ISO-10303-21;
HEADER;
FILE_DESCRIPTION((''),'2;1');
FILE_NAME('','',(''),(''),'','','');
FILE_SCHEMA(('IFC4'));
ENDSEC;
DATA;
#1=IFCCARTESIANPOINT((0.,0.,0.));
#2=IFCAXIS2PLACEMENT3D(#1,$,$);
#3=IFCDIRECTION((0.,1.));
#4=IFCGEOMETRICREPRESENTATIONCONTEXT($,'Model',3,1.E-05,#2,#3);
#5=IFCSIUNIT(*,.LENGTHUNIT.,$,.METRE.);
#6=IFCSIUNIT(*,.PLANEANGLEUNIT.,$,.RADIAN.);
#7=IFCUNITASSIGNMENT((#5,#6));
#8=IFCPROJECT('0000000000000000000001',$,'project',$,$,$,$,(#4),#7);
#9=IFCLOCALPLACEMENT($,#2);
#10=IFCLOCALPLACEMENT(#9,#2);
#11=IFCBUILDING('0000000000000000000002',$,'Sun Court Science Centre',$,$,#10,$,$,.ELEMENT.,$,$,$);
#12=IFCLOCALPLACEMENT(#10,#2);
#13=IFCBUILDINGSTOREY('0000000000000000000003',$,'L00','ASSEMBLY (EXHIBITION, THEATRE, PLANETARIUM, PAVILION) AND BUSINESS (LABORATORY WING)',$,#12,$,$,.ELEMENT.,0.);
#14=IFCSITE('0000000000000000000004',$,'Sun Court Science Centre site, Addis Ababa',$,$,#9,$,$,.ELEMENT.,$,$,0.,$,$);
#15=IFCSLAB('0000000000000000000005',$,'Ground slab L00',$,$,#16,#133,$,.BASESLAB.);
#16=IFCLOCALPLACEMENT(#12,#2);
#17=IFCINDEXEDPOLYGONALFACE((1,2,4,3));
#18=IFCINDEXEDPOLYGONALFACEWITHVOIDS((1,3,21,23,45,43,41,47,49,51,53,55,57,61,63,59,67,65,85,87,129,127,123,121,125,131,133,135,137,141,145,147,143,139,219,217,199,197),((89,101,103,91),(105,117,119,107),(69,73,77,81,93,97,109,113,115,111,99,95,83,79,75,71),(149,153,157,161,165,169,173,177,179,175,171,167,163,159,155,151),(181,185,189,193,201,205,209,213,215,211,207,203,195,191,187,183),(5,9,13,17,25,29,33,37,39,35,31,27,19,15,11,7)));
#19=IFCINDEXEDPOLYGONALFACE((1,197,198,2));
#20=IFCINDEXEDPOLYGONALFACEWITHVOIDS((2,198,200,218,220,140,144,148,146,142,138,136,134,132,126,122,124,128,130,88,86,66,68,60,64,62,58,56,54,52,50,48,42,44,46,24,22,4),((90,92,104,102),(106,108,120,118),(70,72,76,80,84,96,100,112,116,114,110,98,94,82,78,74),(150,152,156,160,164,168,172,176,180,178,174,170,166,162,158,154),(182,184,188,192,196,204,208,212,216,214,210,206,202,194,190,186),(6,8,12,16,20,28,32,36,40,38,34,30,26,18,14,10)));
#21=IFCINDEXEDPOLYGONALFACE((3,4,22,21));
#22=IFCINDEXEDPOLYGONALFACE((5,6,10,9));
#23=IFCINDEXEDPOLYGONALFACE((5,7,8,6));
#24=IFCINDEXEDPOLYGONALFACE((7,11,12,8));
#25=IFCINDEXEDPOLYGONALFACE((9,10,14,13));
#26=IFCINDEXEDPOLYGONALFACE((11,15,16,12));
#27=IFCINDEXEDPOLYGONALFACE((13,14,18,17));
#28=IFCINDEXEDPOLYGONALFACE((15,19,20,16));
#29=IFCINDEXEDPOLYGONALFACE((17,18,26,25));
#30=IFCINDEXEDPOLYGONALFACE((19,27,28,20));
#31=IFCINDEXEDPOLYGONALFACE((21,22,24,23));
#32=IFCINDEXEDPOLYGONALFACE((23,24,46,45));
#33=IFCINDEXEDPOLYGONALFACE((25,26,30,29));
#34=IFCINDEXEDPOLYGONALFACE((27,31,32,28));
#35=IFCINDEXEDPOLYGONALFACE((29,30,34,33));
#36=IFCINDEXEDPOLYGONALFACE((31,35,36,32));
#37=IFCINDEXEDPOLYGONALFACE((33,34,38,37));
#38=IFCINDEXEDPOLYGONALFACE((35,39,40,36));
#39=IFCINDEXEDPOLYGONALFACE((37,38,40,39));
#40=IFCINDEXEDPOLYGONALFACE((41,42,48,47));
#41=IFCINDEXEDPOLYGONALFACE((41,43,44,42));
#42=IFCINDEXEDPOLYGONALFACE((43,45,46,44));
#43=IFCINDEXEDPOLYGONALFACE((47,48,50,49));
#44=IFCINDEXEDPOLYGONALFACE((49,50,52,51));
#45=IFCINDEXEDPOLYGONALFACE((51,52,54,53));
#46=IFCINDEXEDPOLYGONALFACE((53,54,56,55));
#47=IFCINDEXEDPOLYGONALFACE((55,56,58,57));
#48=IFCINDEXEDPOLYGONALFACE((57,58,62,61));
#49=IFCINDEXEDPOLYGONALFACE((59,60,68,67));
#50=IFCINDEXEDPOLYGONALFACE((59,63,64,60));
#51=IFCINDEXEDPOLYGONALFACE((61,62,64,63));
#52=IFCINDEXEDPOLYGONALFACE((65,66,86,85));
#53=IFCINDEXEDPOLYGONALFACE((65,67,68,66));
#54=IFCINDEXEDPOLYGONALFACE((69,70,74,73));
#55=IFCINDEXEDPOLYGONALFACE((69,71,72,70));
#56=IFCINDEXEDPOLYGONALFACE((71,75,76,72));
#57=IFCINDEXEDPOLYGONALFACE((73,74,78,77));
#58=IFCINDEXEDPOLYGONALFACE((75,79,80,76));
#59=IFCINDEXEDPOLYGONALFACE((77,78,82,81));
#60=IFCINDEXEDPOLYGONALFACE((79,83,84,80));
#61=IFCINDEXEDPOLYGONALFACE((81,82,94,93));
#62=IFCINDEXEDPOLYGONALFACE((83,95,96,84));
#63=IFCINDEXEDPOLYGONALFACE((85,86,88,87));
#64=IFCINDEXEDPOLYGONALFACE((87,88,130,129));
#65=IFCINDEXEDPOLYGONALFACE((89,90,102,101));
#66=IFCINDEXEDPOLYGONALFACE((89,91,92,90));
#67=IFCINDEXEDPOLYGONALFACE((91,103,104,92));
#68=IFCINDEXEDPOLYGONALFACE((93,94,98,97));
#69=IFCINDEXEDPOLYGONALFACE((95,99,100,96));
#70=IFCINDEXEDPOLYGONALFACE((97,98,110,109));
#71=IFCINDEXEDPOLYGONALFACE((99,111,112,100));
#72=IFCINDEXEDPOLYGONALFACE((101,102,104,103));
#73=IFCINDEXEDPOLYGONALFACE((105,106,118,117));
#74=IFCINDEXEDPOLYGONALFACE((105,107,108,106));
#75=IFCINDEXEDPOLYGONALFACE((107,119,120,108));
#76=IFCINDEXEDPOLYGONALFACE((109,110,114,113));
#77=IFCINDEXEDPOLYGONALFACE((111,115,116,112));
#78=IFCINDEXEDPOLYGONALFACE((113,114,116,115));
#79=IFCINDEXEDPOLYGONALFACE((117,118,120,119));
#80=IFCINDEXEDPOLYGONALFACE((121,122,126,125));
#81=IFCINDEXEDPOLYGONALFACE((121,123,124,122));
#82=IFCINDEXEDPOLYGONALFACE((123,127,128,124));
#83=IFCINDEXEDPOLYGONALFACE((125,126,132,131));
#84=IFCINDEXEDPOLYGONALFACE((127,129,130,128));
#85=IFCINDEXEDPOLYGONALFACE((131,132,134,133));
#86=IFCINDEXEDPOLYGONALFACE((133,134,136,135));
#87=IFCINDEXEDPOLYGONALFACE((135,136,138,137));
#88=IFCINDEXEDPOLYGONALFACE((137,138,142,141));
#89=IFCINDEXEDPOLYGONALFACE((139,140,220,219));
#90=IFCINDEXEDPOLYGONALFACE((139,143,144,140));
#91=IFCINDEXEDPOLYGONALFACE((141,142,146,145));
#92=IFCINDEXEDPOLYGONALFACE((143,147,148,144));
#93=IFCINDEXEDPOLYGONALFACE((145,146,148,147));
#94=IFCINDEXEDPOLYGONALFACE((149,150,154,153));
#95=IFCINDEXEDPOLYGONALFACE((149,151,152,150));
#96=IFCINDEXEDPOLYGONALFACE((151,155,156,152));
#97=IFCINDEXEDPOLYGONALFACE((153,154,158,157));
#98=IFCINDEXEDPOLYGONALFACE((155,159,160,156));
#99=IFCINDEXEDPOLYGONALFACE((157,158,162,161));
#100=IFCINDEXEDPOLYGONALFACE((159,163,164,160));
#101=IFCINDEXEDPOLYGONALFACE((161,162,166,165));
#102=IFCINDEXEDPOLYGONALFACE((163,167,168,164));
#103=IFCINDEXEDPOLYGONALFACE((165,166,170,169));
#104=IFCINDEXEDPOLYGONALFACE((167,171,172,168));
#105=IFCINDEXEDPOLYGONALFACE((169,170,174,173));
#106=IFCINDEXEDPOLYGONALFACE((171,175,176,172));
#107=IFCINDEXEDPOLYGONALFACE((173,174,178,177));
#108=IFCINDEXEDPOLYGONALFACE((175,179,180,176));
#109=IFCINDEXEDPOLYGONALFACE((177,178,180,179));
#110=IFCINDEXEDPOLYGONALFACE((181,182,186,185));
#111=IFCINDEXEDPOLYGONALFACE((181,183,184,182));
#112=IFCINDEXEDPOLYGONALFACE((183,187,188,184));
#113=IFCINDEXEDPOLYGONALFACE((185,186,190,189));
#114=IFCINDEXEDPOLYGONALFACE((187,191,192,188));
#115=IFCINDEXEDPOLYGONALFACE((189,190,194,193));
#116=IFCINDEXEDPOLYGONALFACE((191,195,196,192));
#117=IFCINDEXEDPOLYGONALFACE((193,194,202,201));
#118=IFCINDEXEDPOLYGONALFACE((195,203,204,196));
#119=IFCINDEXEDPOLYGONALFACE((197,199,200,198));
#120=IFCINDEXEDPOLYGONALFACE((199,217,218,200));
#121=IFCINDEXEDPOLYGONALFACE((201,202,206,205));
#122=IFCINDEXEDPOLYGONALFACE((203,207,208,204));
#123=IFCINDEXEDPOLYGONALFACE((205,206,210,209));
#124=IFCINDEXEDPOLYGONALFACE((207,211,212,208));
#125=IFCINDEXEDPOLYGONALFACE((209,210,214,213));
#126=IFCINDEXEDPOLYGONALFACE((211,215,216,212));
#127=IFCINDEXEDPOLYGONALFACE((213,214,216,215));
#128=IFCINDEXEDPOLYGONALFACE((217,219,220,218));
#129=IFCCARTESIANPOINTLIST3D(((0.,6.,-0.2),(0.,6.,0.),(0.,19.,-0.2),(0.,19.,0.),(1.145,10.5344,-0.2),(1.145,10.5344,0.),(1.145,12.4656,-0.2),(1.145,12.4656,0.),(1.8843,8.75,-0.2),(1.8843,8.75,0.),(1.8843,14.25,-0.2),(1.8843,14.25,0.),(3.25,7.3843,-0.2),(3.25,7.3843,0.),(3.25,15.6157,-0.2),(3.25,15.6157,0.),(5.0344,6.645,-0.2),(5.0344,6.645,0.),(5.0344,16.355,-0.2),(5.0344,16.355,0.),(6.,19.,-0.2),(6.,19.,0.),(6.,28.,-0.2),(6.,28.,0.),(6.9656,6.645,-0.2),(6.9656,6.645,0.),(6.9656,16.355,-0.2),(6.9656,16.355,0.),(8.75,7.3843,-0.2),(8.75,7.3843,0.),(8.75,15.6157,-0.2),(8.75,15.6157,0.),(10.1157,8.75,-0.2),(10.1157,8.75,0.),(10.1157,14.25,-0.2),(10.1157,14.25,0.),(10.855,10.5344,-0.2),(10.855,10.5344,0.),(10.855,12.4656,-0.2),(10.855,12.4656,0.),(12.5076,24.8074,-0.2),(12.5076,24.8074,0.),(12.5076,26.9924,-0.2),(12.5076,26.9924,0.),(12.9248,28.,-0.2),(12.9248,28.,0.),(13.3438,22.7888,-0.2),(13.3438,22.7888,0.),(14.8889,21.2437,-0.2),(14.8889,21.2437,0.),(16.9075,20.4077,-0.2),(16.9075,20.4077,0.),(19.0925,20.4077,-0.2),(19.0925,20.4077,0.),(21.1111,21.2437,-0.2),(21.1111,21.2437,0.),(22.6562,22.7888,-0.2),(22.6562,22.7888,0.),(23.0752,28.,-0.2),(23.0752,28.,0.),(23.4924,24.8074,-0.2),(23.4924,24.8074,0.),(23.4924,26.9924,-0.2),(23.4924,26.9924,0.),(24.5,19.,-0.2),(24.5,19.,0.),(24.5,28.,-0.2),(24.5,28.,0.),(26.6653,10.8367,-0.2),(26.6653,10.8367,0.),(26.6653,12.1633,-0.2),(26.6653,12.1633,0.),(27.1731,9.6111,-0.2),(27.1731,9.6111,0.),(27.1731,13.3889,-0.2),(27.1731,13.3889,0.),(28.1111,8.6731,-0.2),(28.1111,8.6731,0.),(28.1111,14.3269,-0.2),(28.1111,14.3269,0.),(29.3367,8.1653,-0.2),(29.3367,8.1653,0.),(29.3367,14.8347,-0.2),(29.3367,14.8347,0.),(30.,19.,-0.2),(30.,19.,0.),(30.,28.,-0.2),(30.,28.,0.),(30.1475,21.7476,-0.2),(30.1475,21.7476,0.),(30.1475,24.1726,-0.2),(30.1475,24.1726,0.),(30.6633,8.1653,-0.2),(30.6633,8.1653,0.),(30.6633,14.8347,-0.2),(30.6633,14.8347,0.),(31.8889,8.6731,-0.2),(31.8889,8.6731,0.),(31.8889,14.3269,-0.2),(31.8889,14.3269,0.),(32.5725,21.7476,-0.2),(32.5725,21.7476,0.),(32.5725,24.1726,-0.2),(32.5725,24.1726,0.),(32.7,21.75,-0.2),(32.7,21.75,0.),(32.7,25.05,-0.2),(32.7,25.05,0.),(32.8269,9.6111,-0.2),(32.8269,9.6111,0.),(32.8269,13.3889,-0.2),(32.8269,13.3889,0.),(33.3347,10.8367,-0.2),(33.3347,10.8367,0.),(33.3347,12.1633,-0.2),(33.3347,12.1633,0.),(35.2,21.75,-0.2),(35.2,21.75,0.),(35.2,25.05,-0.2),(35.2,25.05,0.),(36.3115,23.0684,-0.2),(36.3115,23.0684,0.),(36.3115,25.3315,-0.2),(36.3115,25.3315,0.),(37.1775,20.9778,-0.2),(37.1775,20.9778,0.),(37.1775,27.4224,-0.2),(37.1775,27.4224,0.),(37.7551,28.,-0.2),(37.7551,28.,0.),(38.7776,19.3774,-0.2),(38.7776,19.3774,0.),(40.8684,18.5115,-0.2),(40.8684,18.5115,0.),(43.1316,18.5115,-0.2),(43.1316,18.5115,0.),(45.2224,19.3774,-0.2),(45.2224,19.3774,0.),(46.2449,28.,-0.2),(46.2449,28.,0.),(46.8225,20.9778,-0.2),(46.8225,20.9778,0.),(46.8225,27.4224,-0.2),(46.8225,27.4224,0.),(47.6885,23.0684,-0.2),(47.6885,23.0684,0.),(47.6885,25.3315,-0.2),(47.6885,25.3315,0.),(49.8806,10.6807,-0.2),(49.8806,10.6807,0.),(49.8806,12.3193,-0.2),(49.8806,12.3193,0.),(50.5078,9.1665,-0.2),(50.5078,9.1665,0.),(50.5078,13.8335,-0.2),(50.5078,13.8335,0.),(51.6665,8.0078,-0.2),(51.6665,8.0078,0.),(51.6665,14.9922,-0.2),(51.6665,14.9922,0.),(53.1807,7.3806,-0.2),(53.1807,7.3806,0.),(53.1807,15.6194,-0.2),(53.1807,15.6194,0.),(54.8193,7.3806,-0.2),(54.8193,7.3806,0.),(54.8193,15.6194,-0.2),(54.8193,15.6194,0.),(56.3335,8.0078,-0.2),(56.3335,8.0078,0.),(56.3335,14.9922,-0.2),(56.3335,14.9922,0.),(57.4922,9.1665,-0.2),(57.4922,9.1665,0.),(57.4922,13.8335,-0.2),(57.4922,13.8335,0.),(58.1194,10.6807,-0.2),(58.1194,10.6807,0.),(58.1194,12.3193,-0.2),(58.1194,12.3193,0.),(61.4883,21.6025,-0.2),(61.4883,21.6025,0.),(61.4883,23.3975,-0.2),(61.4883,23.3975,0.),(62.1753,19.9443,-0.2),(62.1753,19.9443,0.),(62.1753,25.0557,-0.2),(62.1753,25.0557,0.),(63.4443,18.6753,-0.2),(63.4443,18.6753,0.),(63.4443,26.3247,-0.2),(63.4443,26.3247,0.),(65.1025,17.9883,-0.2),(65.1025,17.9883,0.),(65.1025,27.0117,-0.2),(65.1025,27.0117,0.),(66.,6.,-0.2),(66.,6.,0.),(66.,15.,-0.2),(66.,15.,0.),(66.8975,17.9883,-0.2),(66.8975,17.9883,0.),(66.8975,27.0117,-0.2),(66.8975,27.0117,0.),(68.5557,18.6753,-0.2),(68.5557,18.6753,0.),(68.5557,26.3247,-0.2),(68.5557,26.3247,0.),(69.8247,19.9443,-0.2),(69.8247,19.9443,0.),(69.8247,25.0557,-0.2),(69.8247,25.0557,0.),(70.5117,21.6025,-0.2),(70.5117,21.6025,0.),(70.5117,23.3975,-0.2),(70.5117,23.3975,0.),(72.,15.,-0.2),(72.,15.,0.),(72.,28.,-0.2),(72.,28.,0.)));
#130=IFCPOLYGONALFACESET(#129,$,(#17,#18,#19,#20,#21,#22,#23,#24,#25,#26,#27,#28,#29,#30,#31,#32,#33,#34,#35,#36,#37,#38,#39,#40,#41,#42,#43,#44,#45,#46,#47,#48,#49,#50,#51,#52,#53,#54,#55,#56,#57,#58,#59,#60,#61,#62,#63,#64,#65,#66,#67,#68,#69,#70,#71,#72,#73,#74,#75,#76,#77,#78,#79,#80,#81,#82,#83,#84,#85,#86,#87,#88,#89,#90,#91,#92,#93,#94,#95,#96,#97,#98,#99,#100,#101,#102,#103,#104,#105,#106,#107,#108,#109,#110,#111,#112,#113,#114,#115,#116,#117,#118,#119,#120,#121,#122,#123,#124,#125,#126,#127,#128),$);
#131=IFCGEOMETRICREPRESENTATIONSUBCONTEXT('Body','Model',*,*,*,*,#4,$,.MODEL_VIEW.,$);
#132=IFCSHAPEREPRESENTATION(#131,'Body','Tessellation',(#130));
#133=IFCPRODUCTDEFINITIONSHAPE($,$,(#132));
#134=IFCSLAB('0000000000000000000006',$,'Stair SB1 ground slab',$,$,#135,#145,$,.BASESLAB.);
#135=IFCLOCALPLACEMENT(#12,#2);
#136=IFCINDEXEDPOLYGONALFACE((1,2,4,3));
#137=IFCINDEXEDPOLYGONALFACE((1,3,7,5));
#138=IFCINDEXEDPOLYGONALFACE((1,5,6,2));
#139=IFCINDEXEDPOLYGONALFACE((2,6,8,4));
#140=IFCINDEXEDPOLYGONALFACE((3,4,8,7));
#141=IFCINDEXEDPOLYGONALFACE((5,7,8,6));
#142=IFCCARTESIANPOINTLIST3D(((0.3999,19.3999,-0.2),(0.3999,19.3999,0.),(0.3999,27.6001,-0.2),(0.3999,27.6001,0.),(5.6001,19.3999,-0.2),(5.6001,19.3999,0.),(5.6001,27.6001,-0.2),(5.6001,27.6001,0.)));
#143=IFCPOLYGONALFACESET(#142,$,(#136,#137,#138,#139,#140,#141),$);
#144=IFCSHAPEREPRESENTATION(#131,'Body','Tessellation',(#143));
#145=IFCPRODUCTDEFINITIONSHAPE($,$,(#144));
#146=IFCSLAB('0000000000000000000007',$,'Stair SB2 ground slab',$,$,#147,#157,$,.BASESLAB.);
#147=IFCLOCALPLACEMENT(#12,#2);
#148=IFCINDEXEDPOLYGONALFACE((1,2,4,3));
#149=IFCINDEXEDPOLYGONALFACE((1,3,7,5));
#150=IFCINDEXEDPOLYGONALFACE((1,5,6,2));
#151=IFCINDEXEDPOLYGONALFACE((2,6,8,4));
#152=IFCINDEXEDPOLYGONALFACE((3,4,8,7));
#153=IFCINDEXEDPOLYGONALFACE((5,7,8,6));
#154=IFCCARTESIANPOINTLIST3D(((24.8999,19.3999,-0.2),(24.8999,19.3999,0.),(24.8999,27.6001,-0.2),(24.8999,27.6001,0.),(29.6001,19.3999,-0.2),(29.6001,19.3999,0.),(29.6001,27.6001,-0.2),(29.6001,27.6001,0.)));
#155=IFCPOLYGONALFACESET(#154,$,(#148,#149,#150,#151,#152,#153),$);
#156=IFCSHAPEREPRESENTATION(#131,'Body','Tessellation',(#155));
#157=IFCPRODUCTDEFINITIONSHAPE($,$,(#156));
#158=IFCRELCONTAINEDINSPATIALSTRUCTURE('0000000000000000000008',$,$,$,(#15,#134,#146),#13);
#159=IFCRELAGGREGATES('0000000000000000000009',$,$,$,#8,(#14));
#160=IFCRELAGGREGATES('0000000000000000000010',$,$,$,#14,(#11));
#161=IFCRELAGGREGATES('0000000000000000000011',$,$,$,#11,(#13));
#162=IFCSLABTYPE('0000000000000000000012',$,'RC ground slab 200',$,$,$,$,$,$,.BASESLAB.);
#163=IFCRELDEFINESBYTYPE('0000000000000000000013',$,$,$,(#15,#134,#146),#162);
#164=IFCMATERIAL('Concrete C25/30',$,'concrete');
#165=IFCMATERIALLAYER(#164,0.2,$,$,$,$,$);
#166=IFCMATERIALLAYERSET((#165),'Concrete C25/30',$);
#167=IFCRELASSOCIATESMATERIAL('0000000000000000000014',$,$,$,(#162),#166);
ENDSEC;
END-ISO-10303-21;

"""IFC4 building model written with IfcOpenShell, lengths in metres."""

from ifc_helpers import new_model, si_unit, direction, frame, origin, place, context, subcontext, project, spatial, polyline, outline, extrude, material, layer, layer_set, type_object, element, save


model = new_model("IFC4")

# Units and contexts
model_context = context("Model", 3, precision=1e-05, world=origin(), true_north=direction((0.0, 1.0)))
body_context = subcontext(model_context, "Body", "Model", "MODEL_VIEW")
ifc_project = project(units=[si_unit("LENGTHUNIT", "METRE"), si_unit("PLANEANGLEUNIT", "RADIAN")], contexts=[model_context])

# Site, building, storey
site_placement = place(None, origin())
site = spatial("IfcSite", under=ifc_project, at=site_placement, Name="Sun Court Science Centre site, Addis Ababa", CompositionType="ELEMENT", RefElevation=0.0)
building_placement = place(site_placement, origin())
building = spatial("IfcBuilding", under=site, at=building_placement, Name="Sun Court Science Centre", CompositionType="ELEMENT")
storey_placement = place(building_placement, origin())
storey = spatial("IfcBuildingStorey", under=building, at=storey_placement, Name="L00", Description="ASSEMBLY (EXHIBITION, THEATRE, PLANETARIUM, PAVILION) AND BUSINESS (LABORATORY WING)", CompositionType="ELEMENT", Elevation=0.0)

# Slabs
ifc_material_1 = material(Name="Concrete C25/30", Category="concrete")
ifc_layer = layer(ifc_material_1, 0.2)
ifc_layer_set = layer_set([ifc_layer], Name="Concrete C25/30")
slab_type = type_object("IfcSlabType", Name="RC ground slab 200", PredefinedType="BASESLAB", material=ifc_layer_set)
slab_1_placement = place(storey_placement, frame((0.0, 0.0, -0.2)))
element("IfcSlab", 1, at=slab_1_placement, inside=storey, type_object=slab_type, Name="Ground slab L00", PredefinedType="BASESLAB", context=body_context, shape_type="SweptSolid", body=[
    extrude(outline(polyline([(72.0, 15.0), (72.0, 28.0), (46.2449, 28.0), (46.8225, 27.4224), (47.6885, 25.3315), (47.6885, 23.0684), (46.8225, 20.9778), (45.2224, 19.3774), (43.1316, 18.5115), (40.8684, 18.5115), (38.7776, 19.3774), (37.1775, 20.9778), (36.3115, 23.0684), (36.3115, 25.3315), (37.1775, 27.4224), (37.7551, 28.0), (30.0, 28.0), (30.0, 19.0), (24.5, 19.0), (24.5, 28.0), (23.0752, 28.0), (23.4924, 26.9924), (23.4924, 24.8074), (22.6562, 22.7888), (21.1111, 21.2437), (19.0925, 20.4077), (16.9075, 20.4077), (14.8889, 21.2437), (13.3438, 22.7888), (12.5076, 24.8074), (12.5076, 26.9924), (12.9248, 28.0), (6.0, 28.0), (6.0, 19.0), (0.0, 19.0), (0.0, 6.0), (66.0, 6.0), (66.0, 15.0), (72.0, 15.0)]), holes=[polyline([(70.5117, 23.3975), (70.5117, 21.6025), (69.8247, 19.9443), (68.5557, 18.6753), (66.8975, 17.9883), (65.1025, 17.9883), (63.4443, 18.6753), (62.1753, 19.9443), (61.4883, 21.6025), (61.4883, 23.3975), (62.1753, 25.0557), (63.4443, 26.3247), (65.1025, 27.0117), (66.8975, 27.0117), (68.5557, 26.3247), (69.8247, 25.0557), (70.5117, 23.3975)]), polyline([(58.1194, 10.6807), (57.4922, 9.1665), (56.3335, 8.0078), (54.8193, 7.3806), (53.1807, 7.3806), (51.6665, 8.0078), (50.5078, 9.1665), (49.8806, 10.6807), (49.8806, 12.3193), (50.5078, 13.8335), (51.6665, 14.9922), (53.1807, 15.6194), (54.8193, 15.6194), (56.3335, 14.9922), (57.4922, 13.8335), (58.1194, 12.3193), (58.1194, 10.6807)]), polyline([(32.7, 25.05), (35.2, 25.05), (35.2, 21.75), (32.7, 21.75), (32.7, 25.05)]), polyline([(33.3347, 10.8367), (32.8269, 9.6111), (31.8889, 8.6731), (30.6633, 8.1653), (29.3367, 8.1653), (28.1111, 8.6731), (27.1731, 9.6111), (26.6653, 10.8367), (26.6653, 12.1633), (27.1731, 13.3889), (28.1111, 14.3269), (29.3367, 14.8347), (30.6633, 14.8347), (31.8889, 14.3269), (32.8269, 13.3889), (33.3347, 12.1633), (33.3347, 10.8367)]), polyline([(30.1475, 24.1726), (32.5725, 24.1726), (32.5725, 21.7476), (30.1475, 21.7476), (30.1475, 24.1726)]), polyline([(10.855, 12.4656), (10.855, 10.5344), (10.1157, 8.75), (8.75, 7.3843), (6.9656, 6.645), (5.0344, 6.645), (3.25, 7.3843), (1.8843, 8.75), (1.145, 10.5344), (1.145, 12.4656), (1.8843, 14.25), (3.25, 15.6157), (5.0344, 16.355), (6.9656, 16.355), (8.75, 15.6157), (10.1157, 14.25), (10.855, 12.4656)])]), origin(), (0.0, 0.0, 1.0), 0.2),
])
slab_2_placement = place(storey_placement, frame((0.0, 0.0, -0.2)))
element("IfcSlab", 2, at=slab_2_placement, inside=storey, type_object=slab_type, Name="Stair SB1 ground slab", PredefinedType="BASESLAB", context=body_context, shape_type="SweptSolid", body=[
    extrude(outline(polyline([(0.3999, 19.3999), (5.6001, 19.3999), (5.6001, 27.6001), (0.3999, 27.6001), (0.3999, 19.3999)])), origin(), (0.0, 0.0, 1.0), 0.2),
])
slab_3_placement = place(storey_placement, frame((0.0, 0.0, -0.2)))
element("IfcSlab", 3, at=slab_3_placement, inside=storey, type_object=slab_type, Name="Stair SB2 ground slab", PredefinedType="BASESLAB", context=body_context, shape_type="SweptSolid", body=[
    extrude(outline(polyline([(24.8999, 19.3999), (29.6001, 19.3999), (29.6001, 27.6001), (24.8999, 27.6001), (24.8999, 19.3999)])), origin(), (0.0, 0.0, 1.0), 0.2),
])

save(model, "model.ifc")
